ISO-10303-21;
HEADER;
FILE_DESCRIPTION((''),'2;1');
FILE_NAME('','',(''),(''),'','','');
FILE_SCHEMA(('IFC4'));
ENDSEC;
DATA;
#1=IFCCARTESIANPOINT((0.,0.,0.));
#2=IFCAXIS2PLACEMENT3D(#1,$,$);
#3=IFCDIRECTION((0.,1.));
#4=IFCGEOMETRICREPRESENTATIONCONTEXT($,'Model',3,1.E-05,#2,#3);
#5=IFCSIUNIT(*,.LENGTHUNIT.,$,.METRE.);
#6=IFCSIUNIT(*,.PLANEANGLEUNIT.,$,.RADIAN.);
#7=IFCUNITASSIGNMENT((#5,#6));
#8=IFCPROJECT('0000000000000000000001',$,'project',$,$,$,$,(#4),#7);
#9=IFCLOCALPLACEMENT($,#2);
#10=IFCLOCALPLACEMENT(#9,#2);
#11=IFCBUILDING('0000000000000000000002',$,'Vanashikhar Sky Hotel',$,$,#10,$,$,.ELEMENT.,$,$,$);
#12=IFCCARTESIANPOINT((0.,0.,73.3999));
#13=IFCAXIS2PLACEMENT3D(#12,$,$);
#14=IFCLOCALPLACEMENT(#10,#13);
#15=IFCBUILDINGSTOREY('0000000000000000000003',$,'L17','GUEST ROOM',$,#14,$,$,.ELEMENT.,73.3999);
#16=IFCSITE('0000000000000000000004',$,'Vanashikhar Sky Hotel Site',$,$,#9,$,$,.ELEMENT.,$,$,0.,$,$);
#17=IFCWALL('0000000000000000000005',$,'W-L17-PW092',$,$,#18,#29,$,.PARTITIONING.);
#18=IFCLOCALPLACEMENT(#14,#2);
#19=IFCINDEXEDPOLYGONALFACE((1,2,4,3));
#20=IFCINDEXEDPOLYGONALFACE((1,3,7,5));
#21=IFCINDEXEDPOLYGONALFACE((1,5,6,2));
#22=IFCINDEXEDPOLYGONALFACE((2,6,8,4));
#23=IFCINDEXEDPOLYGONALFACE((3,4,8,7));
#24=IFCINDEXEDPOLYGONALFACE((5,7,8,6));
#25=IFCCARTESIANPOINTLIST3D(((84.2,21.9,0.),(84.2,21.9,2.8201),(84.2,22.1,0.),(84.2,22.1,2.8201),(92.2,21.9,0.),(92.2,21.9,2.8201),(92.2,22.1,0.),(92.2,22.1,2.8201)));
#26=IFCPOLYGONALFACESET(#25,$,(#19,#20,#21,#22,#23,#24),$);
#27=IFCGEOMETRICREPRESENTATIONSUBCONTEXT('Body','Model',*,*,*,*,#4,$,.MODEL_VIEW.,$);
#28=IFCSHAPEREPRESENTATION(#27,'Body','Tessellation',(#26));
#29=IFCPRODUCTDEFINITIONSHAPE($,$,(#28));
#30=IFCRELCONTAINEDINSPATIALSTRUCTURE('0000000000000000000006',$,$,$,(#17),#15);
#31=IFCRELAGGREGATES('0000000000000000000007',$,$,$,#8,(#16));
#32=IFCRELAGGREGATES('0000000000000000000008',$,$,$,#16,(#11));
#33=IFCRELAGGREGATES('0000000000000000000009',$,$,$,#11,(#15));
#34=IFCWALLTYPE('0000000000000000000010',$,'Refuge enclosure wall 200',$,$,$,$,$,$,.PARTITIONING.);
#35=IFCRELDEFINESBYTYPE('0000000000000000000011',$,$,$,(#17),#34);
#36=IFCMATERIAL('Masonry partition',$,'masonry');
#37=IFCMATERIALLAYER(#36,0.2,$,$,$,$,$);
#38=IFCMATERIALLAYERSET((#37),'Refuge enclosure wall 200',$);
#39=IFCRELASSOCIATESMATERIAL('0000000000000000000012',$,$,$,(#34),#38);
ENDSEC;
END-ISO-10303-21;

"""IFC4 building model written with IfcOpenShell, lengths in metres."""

from ifc_helpers import new_model, si_unit, direction, frame, frame_2d, origin, place, context, subcontext, project, spatial, rectangle, extrude, source, transform, mapped, material, layer, layer_set, type_object, element, save


model = new_model("IFC4")

# Units and contexts
model_context = context("Model", 3, precision=1e-05, world=origin(), true_north=direction((0.0, 1.0)))
body_context = subcontext(model_context, "Body", "Model", "MODEL_VIEW")
ifc_project = project(units=[si_unit("LENGTHUNIT", "METRE"), si_unit("PLANEANGLEUNIT", "RADIAN")], contexts=[model_context])

# Site, building, storey
site_placement = place(None, origin())
site = spatial("IfcSite", under=ifc_project, at=site_placement, Name="Vanashikhar Sky Hotel Site", CompositionType="ELEMENT", RefElevation=0.0)
building_placement = place(site_placement, origin())
building = spatial("IfcBuilding", under=site, at=building_placement, Name="Vanashikhar Sky Hotel", CompositionType="ELEMENT")
storey_placement = place(building_placement, frame((0.0, 0.0, 73.3999)))
storey = spatial("IfcBuildingStorey", under=building, at=storey_placement, Name="L17", Description="GUEST ROOM", CompositionType="ELEMENT", Elevation=73.3999)

# Wall
ifc_material_1 = material(Name="Masonry partition", Category="masonry")
ifc_layer_1 = layer(ifc_material_1, 0.2)
ifc_layer_set_1 = layer_set([ifc_layer_1], Name="Refuge enclosure wall 200")
wall_type_1 = type_object("IfcWallType", Name="Refuge enclosure wall 200", PredefinedType="PARTITIONING", material=ifc_layer_set_1)
shared_shape_1 = source(origin(), body_context, "Body", "SweptSolid", [
    extrude(rectangle(XDim=8.0, YDim=0.2, at=frame_2d((4.0, 0.0))), origin(), (0.0, 0.0, 1.0), 2.8201),
])
wall_1_placement = place(storey_placement, frame((84.2, 22.0, 0.0), z_axis=(0.0, 0.0, 1.0), x_axis=(1.0, 0.0, 0.0)))
element("IfcWall", 1, at=wall_1_placement, inside=storey, type_object=wall_type_1, Name="W-L17-PW092", PredefinedType="PARTITIONING", context=body_context, shape_type="MappedRepresentation", body=[
    mapped(shared_shape_1, transform((0.0, 0.0, 0.0), scale=1.0)),
])

save(model, "model.ifc")
